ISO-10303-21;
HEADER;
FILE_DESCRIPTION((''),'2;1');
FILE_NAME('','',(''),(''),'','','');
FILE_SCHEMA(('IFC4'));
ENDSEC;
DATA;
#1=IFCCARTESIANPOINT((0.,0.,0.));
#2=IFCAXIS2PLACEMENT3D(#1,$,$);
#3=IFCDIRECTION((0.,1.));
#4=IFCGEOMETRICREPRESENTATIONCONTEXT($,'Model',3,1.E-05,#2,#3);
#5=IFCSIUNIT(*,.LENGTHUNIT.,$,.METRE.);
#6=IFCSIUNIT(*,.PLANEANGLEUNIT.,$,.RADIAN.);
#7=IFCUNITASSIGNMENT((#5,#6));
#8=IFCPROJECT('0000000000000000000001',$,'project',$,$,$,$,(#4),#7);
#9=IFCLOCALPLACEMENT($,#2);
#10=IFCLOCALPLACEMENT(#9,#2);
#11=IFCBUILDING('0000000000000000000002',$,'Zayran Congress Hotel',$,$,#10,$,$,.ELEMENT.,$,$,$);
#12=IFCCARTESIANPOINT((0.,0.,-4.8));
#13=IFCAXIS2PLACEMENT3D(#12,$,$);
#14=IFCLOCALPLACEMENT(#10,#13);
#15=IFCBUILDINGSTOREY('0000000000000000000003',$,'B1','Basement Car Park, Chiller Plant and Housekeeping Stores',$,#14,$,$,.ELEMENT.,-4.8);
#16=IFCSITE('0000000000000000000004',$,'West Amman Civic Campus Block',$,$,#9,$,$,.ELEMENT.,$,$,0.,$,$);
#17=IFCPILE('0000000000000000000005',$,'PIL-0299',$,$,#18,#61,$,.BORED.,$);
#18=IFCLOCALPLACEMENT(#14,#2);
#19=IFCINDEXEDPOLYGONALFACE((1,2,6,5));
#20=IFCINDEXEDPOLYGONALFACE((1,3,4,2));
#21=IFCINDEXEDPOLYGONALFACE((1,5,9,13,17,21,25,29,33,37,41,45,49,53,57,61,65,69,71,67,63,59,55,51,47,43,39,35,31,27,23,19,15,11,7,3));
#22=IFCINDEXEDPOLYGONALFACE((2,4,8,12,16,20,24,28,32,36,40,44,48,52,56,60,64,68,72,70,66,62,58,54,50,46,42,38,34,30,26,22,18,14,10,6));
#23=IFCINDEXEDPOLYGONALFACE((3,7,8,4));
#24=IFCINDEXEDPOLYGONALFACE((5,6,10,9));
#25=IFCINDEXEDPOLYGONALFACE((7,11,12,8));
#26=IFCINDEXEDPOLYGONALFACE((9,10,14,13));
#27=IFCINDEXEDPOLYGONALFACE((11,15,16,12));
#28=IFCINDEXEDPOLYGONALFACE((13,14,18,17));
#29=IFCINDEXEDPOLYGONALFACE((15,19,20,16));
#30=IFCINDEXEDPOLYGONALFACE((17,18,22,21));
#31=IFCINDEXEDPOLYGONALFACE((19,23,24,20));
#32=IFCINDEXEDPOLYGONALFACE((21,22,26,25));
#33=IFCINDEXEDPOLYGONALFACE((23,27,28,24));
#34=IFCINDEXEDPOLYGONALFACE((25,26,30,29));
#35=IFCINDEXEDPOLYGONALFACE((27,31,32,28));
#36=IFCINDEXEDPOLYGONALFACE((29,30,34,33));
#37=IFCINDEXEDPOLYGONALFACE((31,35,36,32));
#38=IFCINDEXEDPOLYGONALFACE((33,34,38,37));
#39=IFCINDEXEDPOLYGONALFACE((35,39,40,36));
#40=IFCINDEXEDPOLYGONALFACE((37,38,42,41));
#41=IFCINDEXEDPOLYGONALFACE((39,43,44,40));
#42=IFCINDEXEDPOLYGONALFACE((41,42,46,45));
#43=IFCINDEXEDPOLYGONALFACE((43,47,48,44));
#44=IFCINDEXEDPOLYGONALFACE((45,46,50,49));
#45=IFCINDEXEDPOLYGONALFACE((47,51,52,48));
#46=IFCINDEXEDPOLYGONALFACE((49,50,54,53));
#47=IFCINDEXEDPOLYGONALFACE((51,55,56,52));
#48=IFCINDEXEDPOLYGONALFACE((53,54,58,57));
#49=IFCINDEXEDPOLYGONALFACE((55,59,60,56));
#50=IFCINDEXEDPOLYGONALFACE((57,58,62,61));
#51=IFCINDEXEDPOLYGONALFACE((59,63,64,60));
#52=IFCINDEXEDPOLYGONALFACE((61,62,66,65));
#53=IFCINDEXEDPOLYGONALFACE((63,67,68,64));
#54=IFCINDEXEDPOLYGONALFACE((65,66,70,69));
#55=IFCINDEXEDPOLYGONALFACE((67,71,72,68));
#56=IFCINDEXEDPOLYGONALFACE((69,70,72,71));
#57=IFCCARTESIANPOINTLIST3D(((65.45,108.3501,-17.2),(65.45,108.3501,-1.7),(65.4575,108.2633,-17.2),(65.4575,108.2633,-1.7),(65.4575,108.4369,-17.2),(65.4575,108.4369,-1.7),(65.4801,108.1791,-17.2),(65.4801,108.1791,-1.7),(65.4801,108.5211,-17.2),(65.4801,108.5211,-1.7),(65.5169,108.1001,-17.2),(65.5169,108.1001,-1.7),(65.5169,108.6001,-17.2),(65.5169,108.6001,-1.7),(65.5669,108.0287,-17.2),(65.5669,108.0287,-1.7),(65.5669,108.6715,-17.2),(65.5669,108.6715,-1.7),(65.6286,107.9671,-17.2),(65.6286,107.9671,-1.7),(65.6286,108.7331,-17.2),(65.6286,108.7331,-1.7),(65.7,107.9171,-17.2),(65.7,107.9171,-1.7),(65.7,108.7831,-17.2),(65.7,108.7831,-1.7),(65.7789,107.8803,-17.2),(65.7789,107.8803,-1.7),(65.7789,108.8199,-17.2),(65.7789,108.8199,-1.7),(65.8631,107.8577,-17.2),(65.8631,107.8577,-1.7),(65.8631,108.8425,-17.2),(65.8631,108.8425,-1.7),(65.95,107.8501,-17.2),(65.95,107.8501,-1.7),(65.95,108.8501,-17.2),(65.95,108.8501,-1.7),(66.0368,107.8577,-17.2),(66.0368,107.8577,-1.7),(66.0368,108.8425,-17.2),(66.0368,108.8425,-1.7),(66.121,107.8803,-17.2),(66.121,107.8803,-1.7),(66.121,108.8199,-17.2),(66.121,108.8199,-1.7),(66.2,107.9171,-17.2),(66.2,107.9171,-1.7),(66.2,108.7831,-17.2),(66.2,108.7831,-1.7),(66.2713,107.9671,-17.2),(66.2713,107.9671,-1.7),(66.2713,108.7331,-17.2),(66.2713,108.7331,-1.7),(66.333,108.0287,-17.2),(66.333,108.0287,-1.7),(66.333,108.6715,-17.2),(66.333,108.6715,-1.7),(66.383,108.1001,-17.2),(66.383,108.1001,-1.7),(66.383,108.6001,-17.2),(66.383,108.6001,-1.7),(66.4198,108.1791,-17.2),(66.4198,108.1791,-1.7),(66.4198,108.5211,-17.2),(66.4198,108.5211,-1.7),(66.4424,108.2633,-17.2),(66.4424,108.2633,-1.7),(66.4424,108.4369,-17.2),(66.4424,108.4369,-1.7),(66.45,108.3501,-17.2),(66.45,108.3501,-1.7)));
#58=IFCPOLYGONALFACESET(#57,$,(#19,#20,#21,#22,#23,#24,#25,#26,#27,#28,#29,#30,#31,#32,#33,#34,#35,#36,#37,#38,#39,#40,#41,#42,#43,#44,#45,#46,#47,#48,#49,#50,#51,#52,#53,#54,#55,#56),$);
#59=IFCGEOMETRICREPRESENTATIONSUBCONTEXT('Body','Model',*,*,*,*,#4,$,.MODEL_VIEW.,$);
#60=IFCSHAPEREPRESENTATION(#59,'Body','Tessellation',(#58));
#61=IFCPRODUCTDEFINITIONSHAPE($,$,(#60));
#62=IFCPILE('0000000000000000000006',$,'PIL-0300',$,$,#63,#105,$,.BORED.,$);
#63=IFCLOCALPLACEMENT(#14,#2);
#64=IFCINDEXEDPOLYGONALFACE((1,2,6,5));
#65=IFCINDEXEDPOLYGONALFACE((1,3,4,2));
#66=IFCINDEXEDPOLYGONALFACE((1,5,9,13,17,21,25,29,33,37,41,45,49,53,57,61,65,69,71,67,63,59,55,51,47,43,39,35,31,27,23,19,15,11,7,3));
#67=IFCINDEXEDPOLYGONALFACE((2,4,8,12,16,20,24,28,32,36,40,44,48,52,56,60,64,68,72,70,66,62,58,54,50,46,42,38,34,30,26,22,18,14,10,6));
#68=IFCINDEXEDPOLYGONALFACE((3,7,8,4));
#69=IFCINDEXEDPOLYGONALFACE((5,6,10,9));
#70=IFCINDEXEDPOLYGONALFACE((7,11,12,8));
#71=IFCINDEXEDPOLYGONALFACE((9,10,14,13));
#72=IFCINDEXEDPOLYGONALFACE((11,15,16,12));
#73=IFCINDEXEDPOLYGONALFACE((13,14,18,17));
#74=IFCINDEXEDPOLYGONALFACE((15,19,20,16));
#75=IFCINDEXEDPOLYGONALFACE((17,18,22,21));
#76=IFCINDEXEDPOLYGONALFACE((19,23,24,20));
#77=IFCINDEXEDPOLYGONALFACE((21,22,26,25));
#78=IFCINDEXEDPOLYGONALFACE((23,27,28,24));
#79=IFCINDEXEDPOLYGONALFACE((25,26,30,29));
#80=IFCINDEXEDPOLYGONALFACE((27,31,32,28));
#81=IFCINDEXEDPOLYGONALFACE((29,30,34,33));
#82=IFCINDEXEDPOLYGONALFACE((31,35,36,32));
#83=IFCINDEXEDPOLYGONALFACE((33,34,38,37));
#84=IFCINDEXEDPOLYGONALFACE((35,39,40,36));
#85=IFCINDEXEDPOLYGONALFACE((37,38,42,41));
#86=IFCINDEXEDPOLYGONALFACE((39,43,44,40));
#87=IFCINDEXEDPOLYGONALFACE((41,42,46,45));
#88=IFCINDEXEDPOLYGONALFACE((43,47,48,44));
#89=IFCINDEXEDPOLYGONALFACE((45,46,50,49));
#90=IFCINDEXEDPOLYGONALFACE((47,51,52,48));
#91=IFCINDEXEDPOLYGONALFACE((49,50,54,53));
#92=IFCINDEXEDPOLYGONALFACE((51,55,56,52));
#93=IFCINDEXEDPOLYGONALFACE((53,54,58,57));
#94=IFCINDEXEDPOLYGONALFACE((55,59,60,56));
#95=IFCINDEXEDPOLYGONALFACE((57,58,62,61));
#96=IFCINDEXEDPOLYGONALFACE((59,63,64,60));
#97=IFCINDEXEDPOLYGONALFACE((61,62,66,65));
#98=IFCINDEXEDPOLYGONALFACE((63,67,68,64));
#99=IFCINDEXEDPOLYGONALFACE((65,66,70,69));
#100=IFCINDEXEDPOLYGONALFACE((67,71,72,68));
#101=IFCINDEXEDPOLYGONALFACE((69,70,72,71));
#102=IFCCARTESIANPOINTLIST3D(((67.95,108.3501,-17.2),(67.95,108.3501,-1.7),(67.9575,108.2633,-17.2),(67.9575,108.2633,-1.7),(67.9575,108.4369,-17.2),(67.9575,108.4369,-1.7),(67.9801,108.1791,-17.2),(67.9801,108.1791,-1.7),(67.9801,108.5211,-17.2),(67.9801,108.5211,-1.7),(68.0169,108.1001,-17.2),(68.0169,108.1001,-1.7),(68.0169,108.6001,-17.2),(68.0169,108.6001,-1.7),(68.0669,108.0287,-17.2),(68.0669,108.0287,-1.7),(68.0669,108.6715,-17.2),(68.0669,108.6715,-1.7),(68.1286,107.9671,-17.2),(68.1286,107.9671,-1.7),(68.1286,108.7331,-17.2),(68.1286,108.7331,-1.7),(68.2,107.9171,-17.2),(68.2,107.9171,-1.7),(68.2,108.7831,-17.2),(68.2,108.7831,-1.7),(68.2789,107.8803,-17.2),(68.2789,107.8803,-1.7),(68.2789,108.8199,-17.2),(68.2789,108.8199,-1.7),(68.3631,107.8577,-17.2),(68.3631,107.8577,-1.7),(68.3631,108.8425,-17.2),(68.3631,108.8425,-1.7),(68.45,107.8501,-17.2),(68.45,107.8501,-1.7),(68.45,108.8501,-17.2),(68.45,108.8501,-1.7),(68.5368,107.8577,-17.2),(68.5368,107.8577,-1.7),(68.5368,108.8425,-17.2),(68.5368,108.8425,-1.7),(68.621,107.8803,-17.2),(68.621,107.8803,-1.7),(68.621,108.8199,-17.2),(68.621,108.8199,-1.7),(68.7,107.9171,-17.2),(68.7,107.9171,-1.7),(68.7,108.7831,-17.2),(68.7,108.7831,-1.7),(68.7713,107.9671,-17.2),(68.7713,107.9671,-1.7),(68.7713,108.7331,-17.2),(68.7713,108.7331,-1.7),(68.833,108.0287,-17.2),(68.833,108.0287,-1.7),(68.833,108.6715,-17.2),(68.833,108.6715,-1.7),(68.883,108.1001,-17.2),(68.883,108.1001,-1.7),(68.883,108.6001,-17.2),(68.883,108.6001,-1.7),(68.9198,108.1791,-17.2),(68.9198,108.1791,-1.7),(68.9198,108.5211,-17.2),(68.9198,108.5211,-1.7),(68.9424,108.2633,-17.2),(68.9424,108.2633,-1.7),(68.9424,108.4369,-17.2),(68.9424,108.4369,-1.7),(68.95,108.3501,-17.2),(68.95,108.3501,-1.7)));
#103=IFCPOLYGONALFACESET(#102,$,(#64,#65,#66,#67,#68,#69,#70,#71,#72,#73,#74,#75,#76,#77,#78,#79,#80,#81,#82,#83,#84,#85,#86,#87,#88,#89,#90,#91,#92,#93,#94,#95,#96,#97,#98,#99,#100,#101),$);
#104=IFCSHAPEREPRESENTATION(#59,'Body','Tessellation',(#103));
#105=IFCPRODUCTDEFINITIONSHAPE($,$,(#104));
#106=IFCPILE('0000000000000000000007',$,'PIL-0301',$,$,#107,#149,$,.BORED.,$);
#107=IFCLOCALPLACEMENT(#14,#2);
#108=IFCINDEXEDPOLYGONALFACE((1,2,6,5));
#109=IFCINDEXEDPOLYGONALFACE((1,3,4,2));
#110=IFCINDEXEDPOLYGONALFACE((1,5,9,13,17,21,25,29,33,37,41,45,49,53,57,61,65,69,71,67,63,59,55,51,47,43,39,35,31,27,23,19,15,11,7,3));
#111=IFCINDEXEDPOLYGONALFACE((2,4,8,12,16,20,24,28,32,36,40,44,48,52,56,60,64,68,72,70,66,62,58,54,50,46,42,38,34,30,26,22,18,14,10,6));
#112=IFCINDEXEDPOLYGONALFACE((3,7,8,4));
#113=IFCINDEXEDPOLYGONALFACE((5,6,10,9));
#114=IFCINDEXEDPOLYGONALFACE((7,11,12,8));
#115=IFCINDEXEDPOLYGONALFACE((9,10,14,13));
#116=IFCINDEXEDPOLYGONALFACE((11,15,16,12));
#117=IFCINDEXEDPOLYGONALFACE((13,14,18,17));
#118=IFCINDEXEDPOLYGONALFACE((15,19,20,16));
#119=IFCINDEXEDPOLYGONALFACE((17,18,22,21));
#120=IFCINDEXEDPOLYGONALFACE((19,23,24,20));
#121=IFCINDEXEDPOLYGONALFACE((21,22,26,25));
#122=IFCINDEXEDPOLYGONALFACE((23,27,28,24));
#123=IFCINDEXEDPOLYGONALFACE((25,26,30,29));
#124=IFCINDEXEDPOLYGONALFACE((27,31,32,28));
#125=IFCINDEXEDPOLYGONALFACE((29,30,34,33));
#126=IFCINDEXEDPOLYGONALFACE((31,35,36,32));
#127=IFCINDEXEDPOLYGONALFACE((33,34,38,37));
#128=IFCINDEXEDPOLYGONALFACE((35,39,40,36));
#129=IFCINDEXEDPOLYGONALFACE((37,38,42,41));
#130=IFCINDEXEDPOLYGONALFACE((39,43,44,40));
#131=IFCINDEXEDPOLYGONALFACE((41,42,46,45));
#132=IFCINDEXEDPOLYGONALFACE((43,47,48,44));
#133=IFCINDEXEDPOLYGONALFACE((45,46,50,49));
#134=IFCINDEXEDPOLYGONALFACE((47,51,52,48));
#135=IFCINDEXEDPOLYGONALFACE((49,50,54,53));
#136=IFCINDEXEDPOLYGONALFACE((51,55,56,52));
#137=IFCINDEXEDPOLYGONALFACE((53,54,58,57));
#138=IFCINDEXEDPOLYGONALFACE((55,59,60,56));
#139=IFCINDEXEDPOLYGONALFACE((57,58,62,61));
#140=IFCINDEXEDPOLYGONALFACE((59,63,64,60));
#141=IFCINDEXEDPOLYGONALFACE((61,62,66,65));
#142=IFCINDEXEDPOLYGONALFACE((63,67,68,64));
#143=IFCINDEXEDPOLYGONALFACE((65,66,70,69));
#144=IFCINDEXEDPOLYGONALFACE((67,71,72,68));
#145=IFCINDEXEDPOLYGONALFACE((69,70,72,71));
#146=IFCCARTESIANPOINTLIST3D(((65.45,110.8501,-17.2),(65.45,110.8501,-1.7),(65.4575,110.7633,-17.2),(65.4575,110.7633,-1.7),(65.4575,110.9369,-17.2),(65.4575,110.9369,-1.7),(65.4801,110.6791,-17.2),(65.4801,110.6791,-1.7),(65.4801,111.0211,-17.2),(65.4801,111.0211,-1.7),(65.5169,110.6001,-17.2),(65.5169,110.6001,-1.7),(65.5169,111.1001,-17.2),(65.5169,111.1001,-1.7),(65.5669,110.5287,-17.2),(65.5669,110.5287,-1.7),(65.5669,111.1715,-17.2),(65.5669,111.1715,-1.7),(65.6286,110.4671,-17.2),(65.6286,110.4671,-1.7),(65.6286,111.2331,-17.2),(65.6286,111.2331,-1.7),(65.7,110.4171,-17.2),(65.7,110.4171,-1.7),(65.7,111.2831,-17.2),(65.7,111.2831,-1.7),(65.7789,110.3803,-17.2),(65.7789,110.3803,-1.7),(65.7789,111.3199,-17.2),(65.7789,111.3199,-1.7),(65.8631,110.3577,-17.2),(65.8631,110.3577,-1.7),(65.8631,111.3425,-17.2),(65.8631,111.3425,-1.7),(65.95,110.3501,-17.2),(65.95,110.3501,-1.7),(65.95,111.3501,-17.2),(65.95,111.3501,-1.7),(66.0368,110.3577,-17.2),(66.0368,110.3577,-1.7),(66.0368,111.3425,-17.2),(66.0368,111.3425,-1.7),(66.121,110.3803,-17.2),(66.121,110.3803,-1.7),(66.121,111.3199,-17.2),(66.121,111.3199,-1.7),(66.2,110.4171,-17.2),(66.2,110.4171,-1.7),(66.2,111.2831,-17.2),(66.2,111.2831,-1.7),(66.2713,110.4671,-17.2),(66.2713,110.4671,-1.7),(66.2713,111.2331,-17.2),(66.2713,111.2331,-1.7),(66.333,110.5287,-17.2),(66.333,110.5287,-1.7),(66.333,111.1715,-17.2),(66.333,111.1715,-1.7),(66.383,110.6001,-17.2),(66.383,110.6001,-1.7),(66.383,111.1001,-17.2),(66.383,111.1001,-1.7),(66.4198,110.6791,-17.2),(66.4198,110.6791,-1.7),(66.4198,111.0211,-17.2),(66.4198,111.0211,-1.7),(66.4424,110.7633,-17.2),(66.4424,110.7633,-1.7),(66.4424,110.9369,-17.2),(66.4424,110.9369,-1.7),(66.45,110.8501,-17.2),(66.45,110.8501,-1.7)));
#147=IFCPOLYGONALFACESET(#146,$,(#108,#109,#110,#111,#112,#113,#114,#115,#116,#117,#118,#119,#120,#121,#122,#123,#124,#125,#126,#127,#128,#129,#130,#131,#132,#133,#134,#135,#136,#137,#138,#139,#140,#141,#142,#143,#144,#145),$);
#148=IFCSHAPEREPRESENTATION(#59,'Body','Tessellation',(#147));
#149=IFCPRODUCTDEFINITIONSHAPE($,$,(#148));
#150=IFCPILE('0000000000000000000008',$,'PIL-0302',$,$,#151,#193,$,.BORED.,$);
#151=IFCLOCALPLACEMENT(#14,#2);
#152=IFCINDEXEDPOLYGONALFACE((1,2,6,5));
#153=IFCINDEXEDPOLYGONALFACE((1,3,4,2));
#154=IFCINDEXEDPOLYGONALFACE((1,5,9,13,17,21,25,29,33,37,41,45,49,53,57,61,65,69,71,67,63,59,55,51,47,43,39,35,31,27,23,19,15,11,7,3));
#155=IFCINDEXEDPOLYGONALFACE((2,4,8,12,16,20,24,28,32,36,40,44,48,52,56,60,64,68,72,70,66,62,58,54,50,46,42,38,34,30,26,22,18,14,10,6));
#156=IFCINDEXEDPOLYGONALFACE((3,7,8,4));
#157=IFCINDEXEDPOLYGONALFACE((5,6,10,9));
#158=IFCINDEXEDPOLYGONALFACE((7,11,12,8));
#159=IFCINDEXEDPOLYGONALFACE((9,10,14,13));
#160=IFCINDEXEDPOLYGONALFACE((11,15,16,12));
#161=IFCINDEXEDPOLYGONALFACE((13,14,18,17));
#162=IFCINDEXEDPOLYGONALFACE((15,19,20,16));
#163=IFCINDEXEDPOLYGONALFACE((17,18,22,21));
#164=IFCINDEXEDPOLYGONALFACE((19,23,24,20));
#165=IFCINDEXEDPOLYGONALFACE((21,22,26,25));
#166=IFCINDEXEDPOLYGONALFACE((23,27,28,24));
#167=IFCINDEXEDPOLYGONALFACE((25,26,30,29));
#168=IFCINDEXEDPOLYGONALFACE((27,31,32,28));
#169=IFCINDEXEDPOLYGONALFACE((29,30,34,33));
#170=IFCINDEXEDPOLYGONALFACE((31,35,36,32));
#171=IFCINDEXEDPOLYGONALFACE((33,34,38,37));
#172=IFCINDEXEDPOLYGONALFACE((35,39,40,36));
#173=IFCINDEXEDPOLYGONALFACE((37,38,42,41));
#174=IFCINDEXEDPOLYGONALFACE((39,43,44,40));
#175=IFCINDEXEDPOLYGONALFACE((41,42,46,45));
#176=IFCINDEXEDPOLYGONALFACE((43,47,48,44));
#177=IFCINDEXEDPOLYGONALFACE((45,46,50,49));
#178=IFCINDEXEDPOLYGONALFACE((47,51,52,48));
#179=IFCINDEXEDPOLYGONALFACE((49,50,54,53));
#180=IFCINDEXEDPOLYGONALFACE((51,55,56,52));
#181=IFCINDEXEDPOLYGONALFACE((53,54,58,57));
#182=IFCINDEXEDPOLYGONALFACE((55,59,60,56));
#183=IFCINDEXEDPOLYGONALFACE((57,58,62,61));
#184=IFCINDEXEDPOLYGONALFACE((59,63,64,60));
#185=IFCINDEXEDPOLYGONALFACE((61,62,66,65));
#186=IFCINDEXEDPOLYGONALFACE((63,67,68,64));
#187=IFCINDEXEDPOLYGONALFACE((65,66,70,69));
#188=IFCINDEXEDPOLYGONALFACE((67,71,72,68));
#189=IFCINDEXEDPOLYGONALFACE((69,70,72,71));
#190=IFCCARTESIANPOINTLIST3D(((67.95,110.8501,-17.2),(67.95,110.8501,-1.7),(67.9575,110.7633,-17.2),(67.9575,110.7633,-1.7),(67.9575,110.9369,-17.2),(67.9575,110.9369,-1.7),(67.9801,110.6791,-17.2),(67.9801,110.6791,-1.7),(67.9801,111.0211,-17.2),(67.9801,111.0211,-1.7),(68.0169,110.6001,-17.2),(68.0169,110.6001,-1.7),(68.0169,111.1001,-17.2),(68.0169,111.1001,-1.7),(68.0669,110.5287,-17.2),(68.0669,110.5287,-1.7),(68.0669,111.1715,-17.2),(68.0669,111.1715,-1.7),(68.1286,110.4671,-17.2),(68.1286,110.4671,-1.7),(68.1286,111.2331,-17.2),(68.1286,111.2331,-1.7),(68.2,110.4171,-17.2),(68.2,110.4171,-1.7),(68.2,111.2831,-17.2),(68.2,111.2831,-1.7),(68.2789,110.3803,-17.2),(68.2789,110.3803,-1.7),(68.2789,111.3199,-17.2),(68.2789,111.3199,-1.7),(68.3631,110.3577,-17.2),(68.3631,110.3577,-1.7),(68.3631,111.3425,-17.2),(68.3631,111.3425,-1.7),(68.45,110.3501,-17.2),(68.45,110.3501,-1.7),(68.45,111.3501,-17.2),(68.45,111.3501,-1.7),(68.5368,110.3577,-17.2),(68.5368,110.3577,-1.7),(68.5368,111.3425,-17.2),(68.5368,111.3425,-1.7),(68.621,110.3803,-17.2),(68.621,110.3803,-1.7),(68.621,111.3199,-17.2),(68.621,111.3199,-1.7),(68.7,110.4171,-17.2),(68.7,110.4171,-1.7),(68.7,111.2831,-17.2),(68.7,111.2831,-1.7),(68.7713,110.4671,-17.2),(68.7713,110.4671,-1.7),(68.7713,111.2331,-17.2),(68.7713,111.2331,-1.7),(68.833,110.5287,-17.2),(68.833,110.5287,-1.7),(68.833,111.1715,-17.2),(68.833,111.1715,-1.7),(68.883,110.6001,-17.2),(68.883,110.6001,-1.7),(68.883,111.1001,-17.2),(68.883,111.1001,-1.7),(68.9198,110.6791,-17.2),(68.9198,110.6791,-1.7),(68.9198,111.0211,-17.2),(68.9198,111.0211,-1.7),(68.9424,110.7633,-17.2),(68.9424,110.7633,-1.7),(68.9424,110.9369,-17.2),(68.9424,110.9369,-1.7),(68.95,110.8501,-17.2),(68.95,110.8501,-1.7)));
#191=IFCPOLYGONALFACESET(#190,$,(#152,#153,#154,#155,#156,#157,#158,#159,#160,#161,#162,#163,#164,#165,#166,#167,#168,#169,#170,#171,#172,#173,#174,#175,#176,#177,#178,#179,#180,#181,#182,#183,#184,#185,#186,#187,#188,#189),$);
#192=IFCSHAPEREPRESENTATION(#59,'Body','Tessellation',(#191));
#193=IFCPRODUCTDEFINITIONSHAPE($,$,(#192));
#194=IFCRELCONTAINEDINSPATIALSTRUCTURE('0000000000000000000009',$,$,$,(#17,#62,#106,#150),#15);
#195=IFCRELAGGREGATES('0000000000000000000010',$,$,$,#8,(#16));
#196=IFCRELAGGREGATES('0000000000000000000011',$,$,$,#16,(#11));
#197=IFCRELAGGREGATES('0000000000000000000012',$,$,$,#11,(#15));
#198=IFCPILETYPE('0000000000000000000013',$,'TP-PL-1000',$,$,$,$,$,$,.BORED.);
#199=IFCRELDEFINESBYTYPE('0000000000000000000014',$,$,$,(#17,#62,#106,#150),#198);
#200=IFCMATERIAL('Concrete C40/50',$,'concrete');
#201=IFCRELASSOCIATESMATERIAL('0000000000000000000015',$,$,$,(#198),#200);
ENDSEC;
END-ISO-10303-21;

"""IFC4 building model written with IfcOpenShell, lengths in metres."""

from ifc_helpers import new_model, si_unit, direction, frame, origin, origin_2d, place, context, subcontext, project, spatial, circle, extrude, material, material_profile, profile_set, type_object, element, save


model = new_model("IFC4")

# Units and contexts
model_context = context("Model", 3, precision=1e-05, world=origin(), true_north=direction((0.0, 1.0)))
body_context = subcontext(model_context, "Body", "Model", "MODEL_VIEW")
ifc_project = project(units=[si_unit("LENGTHUNIT", "METRE"), si_unit("PLANEANGLEUNIT", "RADIAN")], contexts=[model_context])

# Site, building, storey
site_placement = place(None, origin())
site = spatial("IfcSite", under=ifc_project, at=site_placement, Name="West Amman Civic Campus Block", CompositionType="ELEMENT", RefElevation=0.0)
building_placement = place(site_placement, origin())
building = spatial("IfcBuilding", under=site, at=building_placement, Name="Zayran Congress Hotel", CompositionType="ELEMENT")
storey_placement = place(building_placement, frame((0.0, 0.0, -4.8)))
storey = spatial("IfcBuildingStorey", under=building, at=storey_placement, Name="B1", Description="Basement Car Park, Chiller Plant and Housekeeping Stores", CompositionType="ELEMENT", Elevation=-4.8)

# Piles
ifc_material = material(Name="Concrete C40/50", Category="concrete")
ifc_material_profile_1 = material_profile(ifc_material, circle(Radius=0.5, at=origin_2d()), Name="PILE D1000")
ifc_profile_set_1 = profile_set([ifc_material_profile_1], Name="Concrete C40/50")
pile_type = type_object("IfcPileType", Name="TP-PL-1000", PredefinedType="BORED", material=ifc_profile_set_1)
for number, where, z_axis, x_axis, name in (
    (1, (65.95, 108.3501, -1.7), (0.0, 0.0, -1.0), (1.0, 0.0, 0.0), "PIL-0299"),
    (2, (68.45, 108.3501, -1.7), (0.0, 0.0, -1.0), (1.0, 0.0, 0.0), "PIL-0300"),
    (3, (65.95, 110.8501, -1.7), (0.0, 0.0, -1.0), (1.0, 0.0, 0.0), "PIL-0301"),
    (4, (68.45, 110.8501, -1.7), (0.0, 0.0, -1.0), (1.0, 0.0, 0.0), "PIL-0302"),
):
    element("IfcPile", number, at=place(storey_placement, frame(where, z_axis=z_axis, x_axis=x_axis)), inside=storey, type_object=pile_type, Name=name, PredefinedType="BORED", context=body_context, shape_type="SweptSolid", body=[
        extrude(circle(Radius=0.5, at=origin_2d()), origin(), (0.0, 0.0, 1.0), 15.5),
    ])

save(model, "model.ifc")
